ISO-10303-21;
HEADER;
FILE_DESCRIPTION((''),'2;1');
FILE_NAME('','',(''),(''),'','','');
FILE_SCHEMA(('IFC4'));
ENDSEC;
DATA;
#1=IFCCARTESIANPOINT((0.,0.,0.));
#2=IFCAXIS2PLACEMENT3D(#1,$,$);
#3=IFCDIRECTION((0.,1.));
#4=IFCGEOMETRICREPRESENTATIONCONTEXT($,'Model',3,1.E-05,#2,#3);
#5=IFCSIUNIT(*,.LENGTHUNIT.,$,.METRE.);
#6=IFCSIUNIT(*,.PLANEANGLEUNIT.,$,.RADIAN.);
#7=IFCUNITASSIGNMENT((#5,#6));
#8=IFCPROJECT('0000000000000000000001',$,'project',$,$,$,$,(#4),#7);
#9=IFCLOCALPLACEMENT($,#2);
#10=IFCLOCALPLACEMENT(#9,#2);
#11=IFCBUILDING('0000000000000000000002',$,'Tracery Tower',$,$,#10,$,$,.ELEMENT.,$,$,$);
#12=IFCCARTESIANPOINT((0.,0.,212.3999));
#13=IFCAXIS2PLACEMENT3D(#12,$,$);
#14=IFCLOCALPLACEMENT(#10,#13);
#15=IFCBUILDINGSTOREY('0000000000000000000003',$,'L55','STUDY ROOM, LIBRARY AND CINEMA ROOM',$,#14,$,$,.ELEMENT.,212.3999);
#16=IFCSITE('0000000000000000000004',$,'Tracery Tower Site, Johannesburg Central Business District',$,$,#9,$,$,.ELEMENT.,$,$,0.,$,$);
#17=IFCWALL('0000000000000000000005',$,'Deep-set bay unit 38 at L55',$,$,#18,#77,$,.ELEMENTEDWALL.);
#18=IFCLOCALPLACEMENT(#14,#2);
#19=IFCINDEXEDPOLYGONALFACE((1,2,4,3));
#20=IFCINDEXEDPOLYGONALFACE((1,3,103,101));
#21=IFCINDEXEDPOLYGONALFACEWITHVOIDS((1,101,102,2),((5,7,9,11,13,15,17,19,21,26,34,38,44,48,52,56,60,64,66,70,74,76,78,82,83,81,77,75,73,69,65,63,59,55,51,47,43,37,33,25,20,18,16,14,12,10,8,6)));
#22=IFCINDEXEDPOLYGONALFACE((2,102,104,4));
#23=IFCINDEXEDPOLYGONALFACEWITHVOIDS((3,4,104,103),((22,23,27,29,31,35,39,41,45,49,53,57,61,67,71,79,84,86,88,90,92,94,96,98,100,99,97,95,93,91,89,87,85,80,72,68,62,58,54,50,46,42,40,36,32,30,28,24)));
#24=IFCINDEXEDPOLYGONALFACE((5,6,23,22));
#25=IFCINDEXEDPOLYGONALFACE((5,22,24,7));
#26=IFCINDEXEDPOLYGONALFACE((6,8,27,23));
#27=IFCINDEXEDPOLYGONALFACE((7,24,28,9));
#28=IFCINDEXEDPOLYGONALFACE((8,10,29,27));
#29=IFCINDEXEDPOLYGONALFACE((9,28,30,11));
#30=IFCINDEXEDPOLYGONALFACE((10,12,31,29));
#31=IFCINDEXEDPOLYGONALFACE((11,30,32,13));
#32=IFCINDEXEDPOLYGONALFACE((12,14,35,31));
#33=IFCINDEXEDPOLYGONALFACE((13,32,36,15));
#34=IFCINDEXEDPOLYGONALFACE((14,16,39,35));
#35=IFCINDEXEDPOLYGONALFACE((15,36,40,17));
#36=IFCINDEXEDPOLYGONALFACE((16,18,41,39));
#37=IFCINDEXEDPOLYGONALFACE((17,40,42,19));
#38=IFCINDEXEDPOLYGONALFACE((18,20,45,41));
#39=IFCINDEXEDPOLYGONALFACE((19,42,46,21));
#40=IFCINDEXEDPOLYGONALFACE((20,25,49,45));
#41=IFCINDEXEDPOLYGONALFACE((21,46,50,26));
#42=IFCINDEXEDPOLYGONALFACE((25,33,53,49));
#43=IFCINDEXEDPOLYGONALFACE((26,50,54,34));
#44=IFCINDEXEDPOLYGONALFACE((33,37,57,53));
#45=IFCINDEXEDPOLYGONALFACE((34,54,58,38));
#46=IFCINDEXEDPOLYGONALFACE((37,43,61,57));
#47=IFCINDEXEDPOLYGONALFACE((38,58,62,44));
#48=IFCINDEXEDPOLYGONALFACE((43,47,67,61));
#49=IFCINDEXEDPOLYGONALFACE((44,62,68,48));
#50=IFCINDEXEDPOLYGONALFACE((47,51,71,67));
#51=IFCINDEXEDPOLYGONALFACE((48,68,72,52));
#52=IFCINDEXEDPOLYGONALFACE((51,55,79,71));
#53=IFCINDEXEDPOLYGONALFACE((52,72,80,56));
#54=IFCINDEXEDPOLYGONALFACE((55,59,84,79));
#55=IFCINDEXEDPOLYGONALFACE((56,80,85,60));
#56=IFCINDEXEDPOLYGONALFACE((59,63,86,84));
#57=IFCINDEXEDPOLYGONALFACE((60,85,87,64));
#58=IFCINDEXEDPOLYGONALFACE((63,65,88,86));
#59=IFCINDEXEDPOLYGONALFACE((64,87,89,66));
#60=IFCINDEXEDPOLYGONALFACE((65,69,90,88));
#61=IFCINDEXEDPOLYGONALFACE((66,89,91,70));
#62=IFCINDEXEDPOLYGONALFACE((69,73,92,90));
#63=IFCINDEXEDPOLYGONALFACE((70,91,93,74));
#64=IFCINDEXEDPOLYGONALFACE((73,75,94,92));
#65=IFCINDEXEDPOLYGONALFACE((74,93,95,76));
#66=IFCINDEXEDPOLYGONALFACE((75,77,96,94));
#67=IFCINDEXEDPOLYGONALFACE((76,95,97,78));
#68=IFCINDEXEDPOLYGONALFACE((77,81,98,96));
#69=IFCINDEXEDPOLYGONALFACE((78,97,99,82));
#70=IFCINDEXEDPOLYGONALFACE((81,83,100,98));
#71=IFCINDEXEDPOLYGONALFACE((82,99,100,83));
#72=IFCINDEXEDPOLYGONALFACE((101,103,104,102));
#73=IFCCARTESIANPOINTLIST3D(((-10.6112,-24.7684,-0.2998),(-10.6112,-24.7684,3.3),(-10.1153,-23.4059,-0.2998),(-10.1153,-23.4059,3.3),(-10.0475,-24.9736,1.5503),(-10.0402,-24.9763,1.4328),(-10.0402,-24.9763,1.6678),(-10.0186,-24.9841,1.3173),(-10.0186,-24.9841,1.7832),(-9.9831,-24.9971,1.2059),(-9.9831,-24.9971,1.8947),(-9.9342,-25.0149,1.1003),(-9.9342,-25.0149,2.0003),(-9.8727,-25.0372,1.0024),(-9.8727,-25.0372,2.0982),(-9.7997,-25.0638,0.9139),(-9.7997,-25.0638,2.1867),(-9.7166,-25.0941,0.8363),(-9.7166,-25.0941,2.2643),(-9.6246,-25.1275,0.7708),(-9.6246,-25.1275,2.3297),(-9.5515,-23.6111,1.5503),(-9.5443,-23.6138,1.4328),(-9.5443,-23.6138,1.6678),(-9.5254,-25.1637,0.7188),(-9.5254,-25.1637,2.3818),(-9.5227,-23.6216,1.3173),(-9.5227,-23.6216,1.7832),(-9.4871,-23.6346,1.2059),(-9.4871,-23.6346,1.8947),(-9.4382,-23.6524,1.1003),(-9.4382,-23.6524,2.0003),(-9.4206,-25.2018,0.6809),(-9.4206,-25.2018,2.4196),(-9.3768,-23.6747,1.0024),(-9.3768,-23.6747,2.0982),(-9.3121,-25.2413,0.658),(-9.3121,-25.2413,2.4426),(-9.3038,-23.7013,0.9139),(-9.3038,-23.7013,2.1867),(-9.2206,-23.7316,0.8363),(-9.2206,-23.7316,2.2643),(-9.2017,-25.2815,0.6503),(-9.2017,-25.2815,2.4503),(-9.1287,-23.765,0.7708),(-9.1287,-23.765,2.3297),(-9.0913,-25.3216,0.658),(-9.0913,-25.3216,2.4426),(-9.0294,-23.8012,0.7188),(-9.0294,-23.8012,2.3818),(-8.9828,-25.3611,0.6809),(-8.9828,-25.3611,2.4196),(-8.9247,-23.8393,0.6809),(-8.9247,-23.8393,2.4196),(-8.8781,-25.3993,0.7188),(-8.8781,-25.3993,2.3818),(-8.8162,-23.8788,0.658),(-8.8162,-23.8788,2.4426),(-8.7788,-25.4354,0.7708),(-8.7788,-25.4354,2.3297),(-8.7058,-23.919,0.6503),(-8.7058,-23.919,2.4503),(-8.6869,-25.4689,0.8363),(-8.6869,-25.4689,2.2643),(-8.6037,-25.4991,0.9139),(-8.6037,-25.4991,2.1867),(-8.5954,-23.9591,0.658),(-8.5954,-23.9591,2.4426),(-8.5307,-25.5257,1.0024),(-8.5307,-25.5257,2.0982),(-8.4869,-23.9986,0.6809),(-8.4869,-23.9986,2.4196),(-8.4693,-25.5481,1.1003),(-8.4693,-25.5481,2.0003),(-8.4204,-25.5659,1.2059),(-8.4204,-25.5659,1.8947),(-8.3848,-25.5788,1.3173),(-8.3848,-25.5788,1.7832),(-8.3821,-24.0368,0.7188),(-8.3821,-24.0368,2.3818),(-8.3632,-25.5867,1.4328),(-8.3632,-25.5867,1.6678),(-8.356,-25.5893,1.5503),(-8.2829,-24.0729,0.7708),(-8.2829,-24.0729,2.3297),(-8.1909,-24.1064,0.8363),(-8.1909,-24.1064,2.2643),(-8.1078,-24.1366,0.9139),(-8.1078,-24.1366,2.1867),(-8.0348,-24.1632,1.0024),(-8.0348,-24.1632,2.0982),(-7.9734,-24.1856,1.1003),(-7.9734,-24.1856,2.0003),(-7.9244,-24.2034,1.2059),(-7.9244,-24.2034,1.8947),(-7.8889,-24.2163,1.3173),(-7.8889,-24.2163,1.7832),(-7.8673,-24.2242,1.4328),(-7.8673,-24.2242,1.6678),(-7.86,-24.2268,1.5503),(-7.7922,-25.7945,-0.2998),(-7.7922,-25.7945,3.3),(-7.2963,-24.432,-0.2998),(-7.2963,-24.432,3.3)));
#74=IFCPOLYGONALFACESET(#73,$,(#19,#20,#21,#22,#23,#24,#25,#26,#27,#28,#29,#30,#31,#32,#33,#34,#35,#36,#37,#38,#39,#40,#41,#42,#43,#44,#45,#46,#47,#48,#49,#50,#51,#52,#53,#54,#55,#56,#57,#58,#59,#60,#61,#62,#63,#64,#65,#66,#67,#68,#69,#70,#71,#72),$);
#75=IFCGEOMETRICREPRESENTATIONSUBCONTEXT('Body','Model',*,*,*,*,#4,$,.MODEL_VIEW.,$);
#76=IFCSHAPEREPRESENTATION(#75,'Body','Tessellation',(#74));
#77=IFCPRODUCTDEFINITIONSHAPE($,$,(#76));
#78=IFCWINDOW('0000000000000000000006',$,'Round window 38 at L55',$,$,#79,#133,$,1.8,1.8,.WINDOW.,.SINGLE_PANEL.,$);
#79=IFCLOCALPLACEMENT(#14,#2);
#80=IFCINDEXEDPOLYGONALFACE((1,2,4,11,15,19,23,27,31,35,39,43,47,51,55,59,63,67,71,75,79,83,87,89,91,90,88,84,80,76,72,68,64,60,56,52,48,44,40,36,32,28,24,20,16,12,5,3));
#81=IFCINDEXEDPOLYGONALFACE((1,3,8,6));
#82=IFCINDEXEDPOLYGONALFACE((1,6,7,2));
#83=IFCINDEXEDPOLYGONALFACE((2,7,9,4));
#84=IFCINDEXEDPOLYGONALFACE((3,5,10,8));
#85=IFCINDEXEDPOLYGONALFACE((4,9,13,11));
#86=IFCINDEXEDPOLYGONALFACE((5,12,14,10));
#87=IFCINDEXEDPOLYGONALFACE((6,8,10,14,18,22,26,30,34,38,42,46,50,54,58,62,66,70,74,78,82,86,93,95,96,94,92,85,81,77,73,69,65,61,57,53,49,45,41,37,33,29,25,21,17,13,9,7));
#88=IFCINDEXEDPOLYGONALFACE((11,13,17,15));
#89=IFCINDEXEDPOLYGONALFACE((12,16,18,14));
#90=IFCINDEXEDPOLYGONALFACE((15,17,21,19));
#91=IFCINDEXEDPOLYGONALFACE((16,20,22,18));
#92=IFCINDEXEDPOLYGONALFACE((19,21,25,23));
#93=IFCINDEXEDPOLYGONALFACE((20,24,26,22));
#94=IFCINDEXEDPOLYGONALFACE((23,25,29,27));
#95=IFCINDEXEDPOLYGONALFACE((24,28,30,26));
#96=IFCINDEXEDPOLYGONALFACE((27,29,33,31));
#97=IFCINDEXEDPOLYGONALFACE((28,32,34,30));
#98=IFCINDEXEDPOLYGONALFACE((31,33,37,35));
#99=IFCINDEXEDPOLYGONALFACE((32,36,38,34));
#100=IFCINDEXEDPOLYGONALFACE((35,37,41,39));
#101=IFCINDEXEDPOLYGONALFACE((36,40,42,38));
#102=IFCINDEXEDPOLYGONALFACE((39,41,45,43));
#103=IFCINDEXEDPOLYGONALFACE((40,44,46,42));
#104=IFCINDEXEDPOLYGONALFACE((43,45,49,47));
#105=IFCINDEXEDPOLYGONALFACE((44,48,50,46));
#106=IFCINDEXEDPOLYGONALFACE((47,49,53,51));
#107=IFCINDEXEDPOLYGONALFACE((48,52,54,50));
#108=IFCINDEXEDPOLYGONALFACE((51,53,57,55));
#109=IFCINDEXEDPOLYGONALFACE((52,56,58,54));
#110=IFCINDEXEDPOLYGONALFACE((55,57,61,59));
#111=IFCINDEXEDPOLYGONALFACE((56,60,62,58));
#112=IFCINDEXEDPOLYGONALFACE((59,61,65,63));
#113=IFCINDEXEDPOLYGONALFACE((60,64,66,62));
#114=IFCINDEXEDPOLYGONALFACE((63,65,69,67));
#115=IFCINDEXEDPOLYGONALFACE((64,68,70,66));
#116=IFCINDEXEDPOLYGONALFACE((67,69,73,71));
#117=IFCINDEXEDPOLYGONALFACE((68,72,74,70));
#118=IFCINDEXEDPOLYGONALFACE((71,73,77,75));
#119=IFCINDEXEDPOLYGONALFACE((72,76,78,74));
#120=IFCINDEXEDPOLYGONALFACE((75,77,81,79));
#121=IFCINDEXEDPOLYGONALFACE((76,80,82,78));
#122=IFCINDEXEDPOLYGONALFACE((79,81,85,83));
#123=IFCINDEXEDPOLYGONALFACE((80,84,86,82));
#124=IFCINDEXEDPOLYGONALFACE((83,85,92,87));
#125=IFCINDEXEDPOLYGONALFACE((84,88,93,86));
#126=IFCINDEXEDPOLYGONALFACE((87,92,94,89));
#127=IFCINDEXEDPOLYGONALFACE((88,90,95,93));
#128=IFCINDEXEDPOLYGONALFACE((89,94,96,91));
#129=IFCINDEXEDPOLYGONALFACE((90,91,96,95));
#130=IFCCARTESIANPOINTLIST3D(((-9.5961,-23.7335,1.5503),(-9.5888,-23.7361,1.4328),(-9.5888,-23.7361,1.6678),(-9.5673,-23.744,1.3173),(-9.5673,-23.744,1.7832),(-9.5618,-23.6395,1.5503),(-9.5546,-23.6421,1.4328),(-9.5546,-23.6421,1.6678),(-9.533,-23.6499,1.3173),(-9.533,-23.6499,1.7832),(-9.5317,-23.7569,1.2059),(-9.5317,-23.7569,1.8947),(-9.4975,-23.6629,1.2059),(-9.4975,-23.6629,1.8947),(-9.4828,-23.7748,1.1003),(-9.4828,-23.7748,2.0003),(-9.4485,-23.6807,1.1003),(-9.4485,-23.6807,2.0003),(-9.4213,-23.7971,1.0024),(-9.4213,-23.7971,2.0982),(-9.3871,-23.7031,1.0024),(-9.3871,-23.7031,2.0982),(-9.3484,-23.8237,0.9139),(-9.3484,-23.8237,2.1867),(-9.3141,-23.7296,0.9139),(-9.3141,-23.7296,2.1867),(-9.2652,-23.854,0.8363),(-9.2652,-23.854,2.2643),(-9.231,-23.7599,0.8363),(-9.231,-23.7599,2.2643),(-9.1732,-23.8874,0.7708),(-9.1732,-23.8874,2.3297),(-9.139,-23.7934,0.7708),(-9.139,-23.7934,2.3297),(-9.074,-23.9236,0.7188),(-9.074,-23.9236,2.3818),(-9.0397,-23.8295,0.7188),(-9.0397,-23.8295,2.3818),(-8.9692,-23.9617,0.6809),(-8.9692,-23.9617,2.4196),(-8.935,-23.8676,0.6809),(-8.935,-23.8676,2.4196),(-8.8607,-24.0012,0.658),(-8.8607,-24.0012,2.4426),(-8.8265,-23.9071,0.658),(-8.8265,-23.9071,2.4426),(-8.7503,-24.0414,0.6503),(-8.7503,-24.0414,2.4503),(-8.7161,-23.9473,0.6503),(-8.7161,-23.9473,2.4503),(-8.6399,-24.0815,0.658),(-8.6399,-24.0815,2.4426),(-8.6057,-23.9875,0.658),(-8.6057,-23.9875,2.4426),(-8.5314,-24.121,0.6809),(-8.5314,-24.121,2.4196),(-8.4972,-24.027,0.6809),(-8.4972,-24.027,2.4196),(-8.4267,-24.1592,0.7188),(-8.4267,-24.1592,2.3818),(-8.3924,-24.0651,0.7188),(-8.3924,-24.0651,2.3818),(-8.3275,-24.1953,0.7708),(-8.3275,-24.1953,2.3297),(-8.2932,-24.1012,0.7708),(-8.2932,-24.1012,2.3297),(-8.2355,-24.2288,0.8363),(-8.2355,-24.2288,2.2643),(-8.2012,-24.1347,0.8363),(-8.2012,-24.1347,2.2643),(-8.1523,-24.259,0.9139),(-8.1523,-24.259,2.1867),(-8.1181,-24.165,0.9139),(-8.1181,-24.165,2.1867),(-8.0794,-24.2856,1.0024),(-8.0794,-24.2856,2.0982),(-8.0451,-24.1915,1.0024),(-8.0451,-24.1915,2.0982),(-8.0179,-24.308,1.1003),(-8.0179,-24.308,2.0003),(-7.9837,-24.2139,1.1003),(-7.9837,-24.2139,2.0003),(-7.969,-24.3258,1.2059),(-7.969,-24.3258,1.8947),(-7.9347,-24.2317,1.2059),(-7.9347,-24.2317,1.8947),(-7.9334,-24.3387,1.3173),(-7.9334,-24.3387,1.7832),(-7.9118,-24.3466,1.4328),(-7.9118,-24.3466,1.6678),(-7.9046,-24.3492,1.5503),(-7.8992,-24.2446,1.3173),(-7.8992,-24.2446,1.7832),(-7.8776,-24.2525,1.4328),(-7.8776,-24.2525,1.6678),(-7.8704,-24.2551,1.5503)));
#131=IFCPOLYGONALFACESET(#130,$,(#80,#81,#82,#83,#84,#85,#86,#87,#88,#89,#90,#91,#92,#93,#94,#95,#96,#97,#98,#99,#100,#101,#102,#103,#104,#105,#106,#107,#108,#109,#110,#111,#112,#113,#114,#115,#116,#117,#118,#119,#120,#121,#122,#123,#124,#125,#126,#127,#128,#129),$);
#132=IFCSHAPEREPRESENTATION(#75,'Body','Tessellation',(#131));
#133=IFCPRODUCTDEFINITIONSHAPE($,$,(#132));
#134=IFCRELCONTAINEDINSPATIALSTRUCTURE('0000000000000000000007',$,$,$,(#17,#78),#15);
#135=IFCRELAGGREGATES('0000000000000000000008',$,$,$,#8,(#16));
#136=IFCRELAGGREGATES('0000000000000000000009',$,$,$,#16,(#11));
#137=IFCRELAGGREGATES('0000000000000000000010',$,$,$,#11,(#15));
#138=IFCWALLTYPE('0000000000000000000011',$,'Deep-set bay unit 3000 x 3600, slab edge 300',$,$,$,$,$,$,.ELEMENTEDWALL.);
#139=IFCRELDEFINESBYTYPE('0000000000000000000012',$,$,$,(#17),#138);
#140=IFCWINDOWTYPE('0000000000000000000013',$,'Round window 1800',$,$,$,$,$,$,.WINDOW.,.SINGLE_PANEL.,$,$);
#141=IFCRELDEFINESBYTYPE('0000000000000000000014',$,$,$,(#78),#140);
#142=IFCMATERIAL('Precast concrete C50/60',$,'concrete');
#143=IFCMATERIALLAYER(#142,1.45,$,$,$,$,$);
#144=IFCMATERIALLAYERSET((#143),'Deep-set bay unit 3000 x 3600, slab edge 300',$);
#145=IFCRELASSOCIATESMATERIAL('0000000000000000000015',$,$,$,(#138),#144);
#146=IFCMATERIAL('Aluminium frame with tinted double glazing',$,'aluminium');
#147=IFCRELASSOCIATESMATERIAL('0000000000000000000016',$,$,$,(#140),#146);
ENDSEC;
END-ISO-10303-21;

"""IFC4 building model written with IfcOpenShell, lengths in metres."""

from ifc_helpers import new_model, si_unit, direction, frame, frame_2d, origin, origin_2d, place, context, subcontext, project, spatial, rectangle, circle, extrude, material, layer, layer_set, type_object, element, fill, save


model = new_model("IFC4")

# Units and contexts
model_context = context("Model", 3, precision=1e-05, world=origin(), true_north=direction((0.0, 1.0)))
body_context = subcontext(model_context, "Body", "Model", "MODEL_VIEW")
ifc_project = project(units=[si_unit("LENGTHUNIT", "METRE"), si_unit("PLANEANGLEUNIT", "RADIAN")], contexts=[model_context])

# Site, building, storey
site_placement = place(None, origin())
site = spatial("IfcSite", under=ifc_project, at=site_placement, Name="Tracery Tower Site, Johannesburg Central Business District", CompositionType="ELEMENT", RefElevation=0.0)
building_placement = place(site_placement, origin())
building = spatial("IfcBuilding", under=site, at=building_placement, Name="Tracery Tower", CompositionType="ELEMENT")
storey_placement = place(building_placement, frame((0.0, 0.0, 212.3999)))
storey = spatial("IfcBuildingStorey", under=building, at=storey_placement, Name="L55", Description="STUDY ROOM, LIBRARY AND CINEMA ROOM", CompositionType="ELEMENT", Elevation=212.3999)

# Wall, opening, window
ifc_material_1 = material(Name="Precast concrete C50/60", Category="concrete")
ifc_layer_1 = layer(ifc_material_1, 1.45)
ifc_layer_set_1 = layer_set([ifc_layer_1], Name="Deep-set bay unit 3000 x 3600, slab edge 300")
wall_type_1 = type_object("IfcWallType", Name="Deep-set bay unit 3000 x 3600, slab edge 300", PredefinedType="ELEMENTEDWALL", material=ifc_layer_set_1)
wall_1_placement = place(storey_placement, frame((-10.3633, -24.0872, -0.2998), z_axis=(0.0, 0.0, 1.0), x_axis=(0.939686, -0.342037, 0.0)))
wall_1 = element("IfcWall", 1, at=wall_1_placement, inside=storey, type_object=wall_type_1, Name="Deep-set bay unit 38 at L55", PredefinedType="ELEMENTEDWALL", context=body_context, shape_type="SweptSolid", body=[
    extrude(rectangle(XDim=3.0, YDim=1.45, at=frame_2d((1.5, 0.0))), origin(), (0.0, 0.0, 1.0), 3.5999),
])
opening_1_placement = place(wall_1_placement, frame((1.5, 0.0, 1.8501)))
opening_1 = element("IfcOpeningElement", 2, at=opening_1_placement, cuts=wall_1, PredefinedType="OPENING", context=body_context, shape_type="SweptSolid", body=[
    extrude(circle(Radius=0.9, at=origin_2d()), frame((0.0, 0.7349, 0.0), z_axis=(0.0, -1.0, 0.0), x_axis=(1.0, 0.0, 0.0)), (0.0, 0.0, 1.0), 1.47),
])
ifc_material_2 = material(Name="Aluminium frame with tinted double glazing", Category="aluminium")
window_type = type_object("IfcWindowType", Name="Round window 1800", PartitioningType="SINGLE_PANEL", PredefinedType="WINDOW", material=ifc_material_2)
window_1_placement = place(opening_1_placement, origin())
window_1 = element("IfcWindow", 3, at=window_1_placement, inside=storey, type_object=window_type, Name="Round window 38 at L55", OverallHeight=1.8, OverallWidth=1.8, PartitioningType="SINGLE_PANEL", PredefinedType="WINDOW", context=body_context, shape_type="SweptSolid", body=[
    extrude(circle(Radius=0.9, at=origin_2d()), frame((0.0, 0.6948, 0.0), z_axis=(0.0, -1.0, 0.0), x_axis=(1.0, 0.0, 0.0)), (0.0, 0.0, 1.0), 0.1001),
])
fill(opening_1, window_1)

save(model, "model.ifc")
